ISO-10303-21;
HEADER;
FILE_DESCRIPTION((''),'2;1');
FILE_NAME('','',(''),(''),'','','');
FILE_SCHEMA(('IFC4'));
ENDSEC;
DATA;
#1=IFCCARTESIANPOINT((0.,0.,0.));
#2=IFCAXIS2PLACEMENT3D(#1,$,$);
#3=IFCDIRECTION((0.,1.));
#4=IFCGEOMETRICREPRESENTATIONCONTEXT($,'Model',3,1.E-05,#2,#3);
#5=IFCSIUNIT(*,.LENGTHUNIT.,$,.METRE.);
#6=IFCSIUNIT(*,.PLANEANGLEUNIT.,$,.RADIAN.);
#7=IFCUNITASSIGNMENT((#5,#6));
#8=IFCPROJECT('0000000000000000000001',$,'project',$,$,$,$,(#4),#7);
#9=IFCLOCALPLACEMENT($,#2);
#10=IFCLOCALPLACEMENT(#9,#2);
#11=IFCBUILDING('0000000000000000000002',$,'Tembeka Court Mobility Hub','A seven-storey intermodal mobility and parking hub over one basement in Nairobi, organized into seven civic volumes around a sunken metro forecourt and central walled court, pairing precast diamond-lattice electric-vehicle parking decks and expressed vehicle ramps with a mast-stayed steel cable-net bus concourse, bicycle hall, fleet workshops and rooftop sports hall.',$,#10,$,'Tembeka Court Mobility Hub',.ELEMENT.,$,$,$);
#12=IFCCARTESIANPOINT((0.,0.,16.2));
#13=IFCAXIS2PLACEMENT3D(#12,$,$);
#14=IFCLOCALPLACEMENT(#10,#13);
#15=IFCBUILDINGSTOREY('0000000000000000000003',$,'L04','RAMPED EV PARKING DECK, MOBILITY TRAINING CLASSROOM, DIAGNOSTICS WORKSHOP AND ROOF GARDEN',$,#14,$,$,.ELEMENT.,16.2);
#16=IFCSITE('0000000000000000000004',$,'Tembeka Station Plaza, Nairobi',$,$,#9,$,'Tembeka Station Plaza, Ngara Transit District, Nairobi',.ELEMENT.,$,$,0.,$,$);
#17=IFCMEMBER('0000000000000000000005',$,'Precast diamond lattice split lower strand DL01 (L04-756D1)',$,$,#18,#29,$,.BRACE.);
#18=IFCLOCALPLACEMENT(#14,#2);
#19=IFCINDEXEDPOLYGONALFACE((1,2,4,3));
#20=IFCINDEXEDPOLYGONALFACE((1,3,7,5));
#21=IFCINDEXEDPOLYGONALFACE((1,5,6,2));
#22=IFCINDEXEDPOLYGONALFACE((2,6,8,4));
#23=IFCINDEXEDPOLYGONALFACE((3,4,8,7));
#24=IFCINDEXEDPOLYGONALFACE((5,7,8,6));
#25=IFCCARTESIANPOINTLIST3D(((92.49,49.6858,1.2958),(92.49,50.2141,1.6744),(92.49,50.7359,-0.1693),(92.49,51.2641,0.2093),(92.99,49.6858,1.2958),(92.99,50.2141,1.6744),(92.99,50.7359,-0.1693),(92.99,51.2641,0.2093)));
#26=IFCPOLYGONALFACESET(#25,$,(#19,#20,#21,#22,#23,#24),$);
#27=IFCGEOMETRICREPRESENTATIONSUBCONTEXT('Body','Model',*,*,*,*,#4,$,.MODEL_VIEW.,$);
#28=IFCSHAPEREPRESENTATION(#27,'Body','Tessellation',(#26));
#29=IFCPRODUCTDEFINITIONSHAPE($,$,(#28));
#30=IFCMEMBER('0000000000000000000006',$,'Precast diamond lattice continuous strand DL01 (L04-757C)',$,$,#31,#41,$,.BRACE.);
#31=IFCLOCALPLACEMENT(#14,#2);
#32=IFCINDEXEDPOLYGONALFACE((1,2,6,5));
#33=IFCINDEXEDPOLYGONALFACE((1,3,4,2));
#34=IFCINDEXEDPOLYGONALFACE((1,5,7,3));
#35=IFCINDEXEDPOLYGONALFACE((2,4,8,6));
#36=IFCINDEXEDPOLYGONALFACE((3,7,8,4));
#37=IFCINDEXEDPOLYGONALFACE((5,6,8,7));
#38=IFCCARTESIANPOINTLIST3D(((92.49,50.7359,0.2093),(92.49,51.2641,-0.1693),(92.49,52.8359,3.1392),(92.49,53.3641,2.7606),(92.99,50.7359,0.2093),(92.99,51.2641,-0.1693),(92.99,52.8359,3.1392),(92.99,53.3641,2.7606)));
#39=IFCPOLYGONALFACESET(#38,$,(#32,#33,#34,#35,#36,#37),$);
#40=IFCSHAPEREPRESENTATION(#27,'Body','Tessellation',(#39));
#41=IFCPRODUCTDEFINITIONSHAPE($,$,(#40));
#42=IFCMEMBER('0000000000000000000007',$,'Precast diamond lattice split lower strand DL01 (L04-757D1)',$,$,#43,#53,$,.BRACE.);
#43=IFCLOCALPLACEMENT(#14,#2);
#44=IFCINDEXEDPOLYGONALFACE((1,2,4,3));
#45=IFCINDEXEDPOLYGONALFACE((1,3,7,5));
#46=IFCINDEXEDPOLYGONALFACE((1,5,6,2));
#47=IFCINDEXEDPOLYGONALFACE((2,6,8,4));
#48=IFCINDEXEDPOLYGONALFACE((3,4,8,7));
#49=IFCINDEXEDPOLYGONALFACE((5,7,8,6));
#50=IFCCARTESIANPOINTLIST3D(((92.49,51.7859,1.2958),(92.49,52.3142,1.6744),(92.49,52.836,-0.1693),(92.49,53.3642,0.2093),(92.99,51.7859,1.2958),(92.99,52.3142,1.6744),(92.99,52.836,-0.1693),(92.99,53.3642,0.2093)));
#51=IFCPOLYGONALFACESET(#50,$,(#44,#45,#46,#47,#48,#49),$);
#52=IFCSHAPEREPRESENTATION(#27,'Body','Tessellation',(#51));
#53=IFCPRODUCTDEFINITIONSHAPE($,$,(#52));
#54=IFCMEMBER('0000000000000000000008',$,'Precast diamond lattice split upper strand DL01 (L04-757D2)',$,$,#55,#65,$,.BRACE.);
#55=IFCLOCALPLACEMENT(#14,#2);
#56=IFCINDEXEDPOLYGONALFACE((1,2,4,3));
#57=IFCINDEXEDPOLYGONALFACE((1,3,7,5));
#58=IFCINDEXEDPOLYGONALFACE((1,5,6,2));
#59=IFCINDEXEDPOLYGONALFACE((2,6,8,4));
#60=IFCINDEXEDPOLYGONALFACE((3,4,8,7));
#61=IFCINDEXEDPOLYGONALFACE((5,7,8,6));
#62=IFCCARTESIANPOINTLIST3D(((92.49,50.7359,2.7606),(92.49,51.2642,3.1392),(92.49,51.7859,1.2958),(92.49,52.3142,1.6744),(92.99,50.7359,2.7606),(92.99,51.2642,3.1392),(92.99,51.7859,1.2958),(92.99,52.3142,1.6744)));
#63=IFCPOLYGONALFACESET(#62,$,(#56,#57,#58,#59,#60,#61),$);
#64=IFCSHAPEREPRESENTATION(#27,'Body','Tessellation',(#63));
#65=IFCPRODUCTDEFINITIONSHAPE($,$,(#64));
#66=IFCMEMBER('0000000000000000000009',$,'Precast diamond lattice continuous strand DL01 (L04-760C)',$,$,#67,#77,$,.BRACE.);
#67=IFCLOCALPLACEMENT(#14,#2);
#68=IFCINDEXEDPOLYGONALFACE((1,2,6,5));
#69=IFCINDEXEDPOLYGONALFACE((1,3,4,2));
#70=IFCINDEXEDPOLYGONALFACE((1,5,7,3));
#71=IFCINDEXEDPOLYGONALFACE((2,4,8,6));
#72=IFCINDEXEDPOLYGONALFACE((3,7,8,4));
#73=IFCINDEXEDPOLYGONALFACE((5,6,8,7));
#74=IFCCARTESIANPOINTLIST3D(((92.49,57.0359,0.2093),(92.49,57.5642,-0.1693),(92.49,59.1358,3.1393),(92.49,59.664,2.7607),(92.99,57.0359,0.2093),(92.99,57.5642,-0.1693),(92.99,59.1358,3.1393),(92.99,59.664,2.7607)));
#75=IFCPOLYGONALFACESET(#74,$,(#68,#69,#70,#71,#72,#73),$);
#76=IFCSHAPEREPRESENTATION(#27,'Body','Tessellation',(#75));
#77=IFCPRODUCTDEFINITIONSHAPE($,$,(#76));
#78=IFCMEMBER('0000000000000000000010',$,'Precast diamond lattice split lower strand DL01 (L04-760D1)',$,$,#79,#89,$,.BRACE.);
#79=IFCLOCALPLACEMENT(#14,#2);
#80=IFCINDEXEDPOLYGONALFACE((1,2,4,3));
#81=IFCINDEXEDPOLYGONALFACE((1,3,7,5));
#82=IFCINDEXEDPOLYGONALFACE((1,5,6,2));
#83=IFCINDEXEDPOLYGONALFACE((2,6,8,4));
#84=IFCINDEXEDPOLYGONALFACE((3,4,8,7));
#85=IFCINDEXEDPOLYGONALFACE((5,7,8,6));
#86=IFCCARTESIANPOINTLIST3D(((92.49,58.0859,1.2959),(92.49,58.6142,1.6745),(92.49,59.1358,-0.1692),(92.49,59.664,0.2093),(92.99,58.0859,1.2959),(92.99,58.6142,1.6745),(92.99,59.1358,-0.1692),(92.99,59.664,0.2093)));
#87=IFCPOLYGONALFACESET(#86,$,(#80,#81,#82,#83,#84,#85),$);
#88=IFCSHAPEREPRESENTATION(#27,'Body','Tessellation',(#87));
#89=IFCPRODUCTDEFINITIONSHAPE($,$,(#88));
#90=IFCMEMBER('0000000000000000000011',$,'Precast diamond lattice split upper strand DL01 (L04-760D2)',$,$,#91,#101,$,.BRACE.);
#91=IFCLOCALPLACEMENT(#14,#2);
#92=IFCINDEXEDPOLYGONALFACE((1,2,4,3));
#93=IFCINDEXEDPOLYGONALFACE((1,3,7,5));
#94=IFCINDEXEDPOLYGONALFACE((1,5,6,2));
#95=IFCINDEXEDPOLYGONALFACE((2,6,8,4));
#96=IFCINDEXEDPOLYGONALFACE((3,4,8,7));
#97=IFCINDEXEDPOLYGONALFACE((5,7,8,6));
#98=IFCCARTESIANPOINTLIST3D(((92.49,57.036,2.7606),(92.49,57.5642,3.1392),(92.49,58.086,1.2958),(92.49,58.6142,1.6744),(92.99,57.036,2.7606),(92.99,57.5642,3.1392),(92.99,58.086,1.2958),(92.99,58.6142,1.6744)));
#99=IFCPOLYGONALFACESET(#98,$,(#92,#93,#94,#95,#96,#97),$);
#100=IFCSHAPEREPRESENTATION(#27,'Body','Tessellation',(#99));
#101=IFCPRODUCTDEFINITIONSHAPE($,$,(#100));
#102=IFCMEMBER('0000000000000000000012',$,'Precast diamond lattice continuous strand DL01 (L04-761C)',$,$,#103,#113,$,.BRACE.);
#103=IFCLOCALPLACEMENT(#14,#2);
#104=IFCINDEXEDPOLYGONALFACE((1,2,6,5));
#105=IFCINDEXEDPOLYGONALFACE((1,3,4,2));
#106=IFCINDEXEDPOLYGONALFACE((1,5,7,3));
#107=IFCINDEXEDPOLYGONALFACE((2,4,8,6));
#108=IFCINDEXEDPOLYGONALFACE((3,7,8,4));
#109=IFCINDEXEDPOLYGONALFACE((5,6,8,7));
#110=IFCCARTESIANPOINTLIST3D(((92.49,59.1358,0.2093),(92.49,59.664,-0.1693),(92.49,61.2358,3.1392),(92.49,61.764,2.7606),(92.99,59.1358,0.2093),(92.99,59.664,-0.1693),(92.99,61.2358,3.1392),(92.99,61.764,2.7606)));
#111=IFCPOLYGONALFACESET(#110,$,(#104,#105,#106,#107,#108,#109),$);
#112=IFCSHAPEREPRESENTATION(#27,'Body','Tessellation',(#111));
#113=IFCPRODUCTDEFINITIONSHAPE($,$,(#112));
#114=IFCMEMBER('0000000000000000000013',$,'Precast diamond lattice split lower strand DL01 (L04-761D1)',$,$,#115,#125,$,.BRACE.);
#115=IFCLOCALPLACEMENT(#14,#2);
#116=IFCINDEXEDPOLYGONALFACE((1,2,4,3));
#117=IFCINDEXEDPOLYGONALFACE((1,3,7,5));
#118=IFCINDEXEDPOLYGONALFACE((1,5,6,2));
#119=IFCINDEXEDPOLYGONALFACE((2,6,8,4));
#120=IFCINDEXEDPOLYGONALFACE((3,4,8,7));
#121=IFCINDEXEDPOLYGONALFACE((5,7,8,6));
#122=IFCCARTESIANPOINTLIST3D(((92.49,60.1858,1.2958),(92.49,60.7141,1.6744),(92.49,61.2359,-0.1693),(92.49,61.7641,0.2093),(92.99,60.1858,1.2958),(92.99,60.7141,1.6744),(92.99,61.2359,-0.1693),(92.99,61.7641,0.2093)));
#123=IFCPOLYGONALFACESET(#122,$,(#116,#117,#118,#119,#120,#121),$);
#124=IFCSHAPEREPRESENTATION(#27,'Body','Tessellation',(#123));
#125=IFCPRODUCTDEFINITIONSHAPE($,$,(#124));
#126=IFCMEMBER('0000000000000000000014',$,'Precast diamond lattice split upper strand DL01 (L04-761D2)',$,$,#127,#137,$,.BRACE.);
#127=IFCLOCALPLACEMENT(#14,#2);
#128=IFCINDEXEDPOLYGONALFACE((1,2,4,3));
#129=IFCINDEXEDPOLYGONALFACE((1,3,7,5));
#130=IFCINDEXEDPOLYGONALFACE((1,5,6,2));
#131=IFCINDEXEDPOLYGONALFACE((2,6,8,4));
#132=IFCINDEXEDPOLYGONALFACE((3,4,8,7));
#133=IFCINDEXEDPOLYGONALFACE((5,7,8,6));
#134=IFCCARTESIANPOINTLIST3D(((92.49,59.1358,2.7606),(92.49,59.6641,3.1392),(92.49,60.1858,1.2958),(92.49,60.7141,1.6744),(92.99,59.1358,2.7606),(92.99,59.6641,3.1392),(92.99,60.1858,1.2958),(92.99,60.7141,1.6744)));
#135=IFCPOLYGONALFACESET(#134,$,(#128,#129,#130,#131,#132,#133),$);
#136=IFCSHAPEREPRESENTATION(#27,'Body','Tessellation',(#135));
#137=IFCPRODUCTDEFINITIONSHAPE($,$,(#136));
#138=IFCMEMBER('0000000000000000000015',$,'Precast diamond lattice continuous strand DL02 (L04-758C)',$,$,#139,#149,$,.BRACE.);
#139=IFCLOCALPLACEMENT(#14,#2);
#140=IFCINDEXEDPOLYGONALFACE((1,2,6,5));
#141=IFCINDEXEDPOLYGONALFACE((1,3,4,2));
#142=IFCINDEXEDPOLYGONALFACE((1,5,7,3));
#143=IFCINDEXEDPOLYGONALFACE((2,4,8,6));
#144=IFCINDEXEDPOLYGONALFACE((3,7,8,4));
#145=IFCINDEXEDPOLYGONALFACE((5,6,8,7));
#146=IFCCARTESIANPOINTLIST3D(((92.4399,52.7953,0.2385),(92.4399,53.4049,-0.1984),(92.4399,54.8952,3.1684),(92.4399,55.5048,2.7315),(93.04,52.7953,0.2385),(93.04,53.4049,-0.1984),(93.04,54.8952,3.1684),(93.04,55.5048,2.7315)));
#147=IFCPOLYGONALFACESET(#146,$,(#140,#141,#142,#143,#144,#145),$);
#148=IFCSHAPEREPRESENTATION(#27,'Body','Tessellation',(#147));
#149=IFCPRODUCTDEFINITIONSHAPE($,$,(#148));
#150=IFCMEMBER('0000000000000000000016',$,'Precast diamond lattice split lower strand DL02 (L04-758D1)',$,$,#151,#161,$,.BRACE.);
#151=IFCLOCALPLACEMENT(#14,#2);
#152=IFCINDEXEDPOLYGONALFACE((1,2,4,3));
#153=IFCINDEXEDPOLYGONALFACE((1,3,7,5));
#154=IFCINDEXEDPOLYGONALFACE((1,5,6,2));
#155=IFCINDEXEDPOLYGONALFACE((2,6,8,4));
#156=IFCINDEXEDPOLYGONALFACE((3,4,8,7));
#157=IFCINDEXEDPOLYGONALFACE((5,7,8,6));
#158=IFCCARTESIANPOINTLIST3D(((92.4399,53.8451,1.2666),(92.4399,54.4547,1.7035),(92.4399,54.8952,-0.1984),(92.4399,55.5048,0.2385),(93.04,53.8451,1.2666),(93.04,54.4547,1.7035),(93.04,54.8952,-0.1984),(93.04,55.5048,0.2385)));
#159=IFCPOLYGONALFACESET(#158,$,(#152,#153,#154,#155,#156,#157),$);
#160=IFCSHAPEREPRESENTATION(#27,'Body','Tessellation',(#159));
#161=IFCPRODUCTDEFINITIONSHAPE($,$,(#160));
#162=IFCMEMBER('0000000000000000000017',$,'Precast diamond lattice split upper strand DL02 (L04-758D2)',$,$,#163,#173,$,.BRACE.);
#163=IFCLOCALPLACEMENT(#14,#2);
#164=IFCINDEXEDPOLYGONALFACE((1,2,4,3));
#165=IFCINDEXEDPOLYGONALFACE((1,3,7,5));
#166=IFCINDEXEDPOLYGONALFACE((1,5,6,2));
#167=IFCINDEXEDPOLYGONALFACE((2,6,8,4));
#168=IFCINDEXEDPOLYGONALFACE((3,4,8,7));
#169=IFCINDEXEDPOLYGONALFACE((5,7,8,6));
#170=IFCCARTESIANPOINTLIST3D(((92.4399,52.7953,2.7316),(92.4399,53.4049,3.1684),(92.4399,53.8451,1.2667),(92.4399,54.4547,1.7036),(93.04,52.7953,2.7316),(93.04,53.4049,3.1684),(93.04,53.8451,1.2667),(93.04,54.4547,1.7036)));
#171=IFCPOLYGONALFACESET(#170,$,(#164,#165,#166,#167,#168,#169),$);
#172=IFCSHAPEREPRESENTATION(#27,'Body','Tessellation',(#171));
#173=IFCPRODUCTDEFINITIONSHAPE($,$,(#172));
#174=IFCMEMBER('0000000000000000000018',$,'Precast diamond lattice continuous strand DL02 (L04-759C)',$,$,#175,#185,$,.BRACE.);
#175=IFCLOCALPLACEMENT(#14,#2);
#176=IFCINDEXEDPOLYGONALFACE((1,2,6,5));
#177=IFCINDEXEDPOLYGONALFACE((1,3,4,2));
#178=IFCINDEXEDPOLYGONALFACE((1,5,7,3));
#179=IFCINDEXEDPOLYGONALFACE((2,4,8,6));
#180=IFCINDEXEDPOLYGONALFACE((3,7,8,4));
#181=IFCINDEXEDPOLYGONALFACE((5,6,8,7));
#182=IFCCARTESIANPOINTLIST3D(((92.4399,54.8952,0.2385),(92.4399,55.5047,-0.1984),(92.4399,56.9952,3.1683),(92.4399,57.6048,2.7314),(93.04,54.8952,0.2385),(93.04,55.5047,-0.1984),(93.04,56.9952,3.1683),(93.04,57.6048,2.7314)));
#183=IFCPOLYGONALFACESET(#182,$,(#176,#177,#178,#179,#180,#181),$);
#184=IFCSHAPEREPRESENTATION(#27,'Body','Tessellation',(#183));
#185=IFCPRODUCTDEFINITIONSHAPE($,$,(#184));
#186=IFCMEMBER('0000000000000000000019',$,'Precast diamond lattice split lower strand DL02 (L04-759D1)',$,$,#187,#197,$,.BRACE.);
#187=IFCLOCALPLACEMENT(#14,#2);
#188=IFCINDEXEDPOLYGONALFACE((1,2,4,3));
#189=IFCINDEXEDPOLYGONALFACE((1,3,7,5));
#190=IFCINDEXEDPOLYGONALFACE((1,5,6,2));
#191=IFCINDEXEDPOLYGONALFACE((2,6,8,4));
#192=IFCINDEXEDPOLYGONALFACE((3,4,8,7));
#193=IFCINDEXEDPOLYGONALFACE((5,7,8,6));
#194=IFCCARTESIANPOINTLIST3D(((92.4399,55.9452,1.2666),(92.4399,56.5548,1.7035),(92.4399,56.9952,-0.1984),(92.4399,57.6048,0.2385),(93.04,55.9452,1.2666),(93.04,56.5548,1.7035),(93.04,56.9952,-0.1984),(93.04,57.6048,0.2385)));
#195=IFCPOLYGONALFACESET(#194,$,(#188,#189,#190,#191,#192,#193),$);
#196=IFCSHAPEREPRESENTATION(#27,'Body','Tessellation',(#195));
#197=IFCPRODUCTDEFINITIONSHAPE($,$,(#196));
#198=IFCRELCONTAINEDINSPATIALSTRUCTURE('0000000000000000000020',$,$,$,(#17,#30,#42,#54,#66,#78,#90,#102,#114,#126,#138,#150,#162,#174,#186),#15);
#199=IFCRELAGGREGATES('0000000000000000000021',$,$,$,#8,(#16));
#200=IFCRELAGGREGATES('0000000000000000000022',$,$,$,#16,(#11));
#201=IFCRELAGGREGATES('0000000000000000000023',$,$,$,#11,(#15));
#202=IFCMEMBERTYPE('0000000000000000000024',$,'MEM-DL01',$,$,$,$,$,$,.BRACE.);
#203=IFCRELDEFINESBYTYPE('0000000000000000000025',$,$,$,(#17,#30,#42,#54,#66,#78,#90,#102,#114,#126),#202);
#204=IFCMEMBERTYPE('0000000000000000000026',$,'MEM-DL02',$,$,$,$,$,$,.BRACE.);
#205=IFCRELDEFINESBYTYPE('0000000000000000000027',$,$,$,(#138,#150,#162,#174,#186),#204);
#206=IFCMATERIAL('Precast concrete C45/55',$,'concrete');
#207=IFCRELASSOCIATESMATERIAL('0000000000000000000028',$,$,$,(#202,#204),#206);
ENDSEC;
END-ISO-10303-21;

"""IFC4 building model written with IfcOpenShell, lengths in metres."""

from ifc_helpers import new_model, si_unit, direction, frame, origin, origin_2d, place, context, subcontext, project, spatial, rectangle, extrude, material, material_profile, profile_set, type_object, element, save


model = new_model("IFC4")

# Units and contexts
model_context = context("Model", 3, precision=1e-05, world=origin(), true_north=direction((0.0, 1.0)))
body_context = subcontext(model_context, "Body", "Model", "MODEL_VIEW")
ifc_project = project(units=[si_unit("LENGTHUNIT", "METRE"), si_unit("PLANEANGLEUNIT", "RADIAN")], contexts=[model_context])

# Site, building, storey
site_placement = place(None, origin())
site = spatial("IfcSite", under=ifc_project, at=site_placement, Name="Tembeka Station Plaza, Nairobi", LongName="Tembeka Station Plaza, Ngara Transit District, Nairobi", CompositionType="ELEMENT", RefElevation=0.0)
building_placement = place(site_placement, origin())
building = spatial("IfcBuilding", under=site, at=building_placement, Name="Tembeka Court Mobility Hub", Description="A seven-storey intermodal mobility and parking hub over one basement in Nairobi, organized into seven civic volumes around a sunken metro forecourt and central walled court, pairing precast diamond-lattice electric-vehicle parking decks and expressed vehicle ramps with a mast-stayed steel cable-net bus concourse, bicycle hall, fleet workshops and rooftop sports hall.", LongName="Tembeka Court Mobility Hub", CompositionType="ELEMENT")
storey_placement = place(building_placement, frame((0.0, 0.0, 16.2)))
storey = spatial("IfcBuildingStorey", under=building, at=storey_placement, Name="L04", Description="RAMPED EV PARKING DECK, MOBILITY TRAINING CLASSROOM, DIAGNOSTICS WORKSHOP AND ROOF GARDEN", CompositionType="ELEMENT", Elevation=16.2)

# Members
ifc_material_1 = material(Name="Precast concrete C45/55", Category="concrete")
ifc_material_profile_1 = material_profile(ifc_material_1, rectangle(XDim=0.5, YDim=0.6499, at=origin_2d()), Name="PC-DIAG 500x650")
ifc_profile_set_1 = profile_set([ifc_material_profile_1], Name="Precast concrete C45/55")
member_type_1 = type_object("IfcMemberType", Name="MEM-DL01", PredefinedType="BRACE", material=ifc_profile_set_1)
member_1_placement = place(storey_placement, frame((92.74, 51.0, 0.02), z_axis=(0.0, -0.582544, 0.812799), x_axis=(1.0, 0.0, 0.0)))
element("IfcMember", 1, at=member_1_placement, inside=storey, type_object=member_type_1, Name="Precast diamond lattice split lower strand DL01 (L04-756D1)", PredefinedType="BRACE", context=body_context, shape_type="SweptSolid", body=[
    extrude(rectangle(XDim=0.5, YDim=0.6499, at=origin_2d()), origin(), (0.0, 0.0, 1.0), 1.8025),
])
member_2_placement = place(storey_placement, frame((92.74, 51.0, 0.02), z_axis=(0.0, 0.582576, 0.812776), x_axis=(-1.0, 0.0, 0.0)))
element("IfcMember", 2, at=member_2_placement, inside=storey, type_object=member_type_1, Name="Precast diamond lattice continuous strand DL01 (L04-757C)", PredefinedType="BRACE", context=body_context, shape_type="SweptSolid", body=[
    extrude(rectangle(XDim=0.5, YDim=0.6499, at=origin_2d()), origin(), (0.0, 0.0, 1.0), 3.6047),
])
member_3_placement = place(storey_placement, frame((92.74, 53.1001, 0.02), z_axis=(0.0, -0.582544, 0.812799), x_axis=(1.0, 0.0, 0.0)))
element("IfcMember", 3, at=member_3_placement, inside=storey, type_object=member_type_1, Name="Precast diamond lattice split lower strand DL01 (L04-757D1)", PredefinedType="BRACE", context=body_context, shape_type="SweptSolid", body=[
    extrude(rectangle(XDim=0.5, YDim=0.6499, at=origin_2d()), origin(), (0.0, 0.0, 1.0), 1.8025),
])
member_4_placement = place(storey_placement, frame((92.74, 52.05, 1.4851), z_axis=(0.0, -0.582608, 0.812753), x_axis=(1.0, 0.0, 0.0)))
element("IfcMember", 4, at=member_4_placement, inside=storey, type_object=member_type_1, Name="Precast diamond lattice split upper strand DL01 (L04-757D2)", PredefinedType="BRACE", context=body_context, shape_type="SweptSolid", body=[
    extrude(rectangle(XDim=0.5, YDim=0.6499, at=origin_2d()), origin(), (0.0, 0.0, 1.0), 1.8022),
])
member_5_placement = place(storey_placement, frame((92.74, 57.3, 0.02), z_axis=(0.0, 0.582532, 0.812808), x_axis=(-1.0, 0.0, 0.0)))
element("IfcMember", 5, at=member_5_placement, inside=storey, type_object=member_type_1, Name="Precast diamond lattice continuous strand DL01 (L04-760C)", PredefinedType="BRACE", context=body_context, shape_type="SweptSolid", body=[
    extrude(rectangle(XDim=0.5, YDim=0.6499, at=origin_2d()), origin(), (0.0, 0.0, 1.0), 3.6047),
])
member_6_placement = place(storey_placement, frame((92.74, 59.3999, 0.02), z_axis=(0.0, -0.582455, 0.812863), x_axis=(1.0, 0.0, 0.0)))
element("IfcMember", 6, at=member_6_placement, inside=storey, type_object=member_type_1, Name="Precast diamond lattice split lower strand DL01 (L04-760D1)", PredefinedType="BRACE", context=body_context, shape_type="SweptSolid", body=[
    extrude(rectangle(XDim=0.5, YDim=0.6499, at=origin_2d()), origin(), (0.0, 0.0, 1.0), 1.8025),
])
member_7_placement = place(storey_placement, frame((92.74, 58.3501, 1.4851), z_axis=(0.0, -0.582608, 0.812753), x_axis=(1.0, 0.0, 0.0)))
element("IfcMember", 7, at=member_7_placement, inside=storey, type_object=member_type_1, Name="Precast diamond lattice split upper strand DL01 (L04-760D2)", PredefinedType="BRACE", context=body_context, shape_type="SweptSolid", body=[
    extrude(rectangle(XDim=0.5, YDim=0.6499, at=origin_2d()), origin(), (0.0, 0.0, 1.0), 1.8022),
])
member_8_placement = place(storey_placement, frame((92.74, 59.3999, 0.02), z_axis=(0.0, 0.582576, 0.812776), x_axis=(-1.0, 0.0, 0.0)))
element("IfcMember", 8, at=member_8_placement, inside=storey, type_object=member_type_1, Name="Precast diamond lattice continuous strand DL01 (L04-761C)", PredefinedType="BRACE", context=body_context, shape_type="SweptSolid", body=[
    extrude(rectangle(XDim=0.5, YDim=0.6499, at=origin_2d()), origin(), (0.0, 0.0, 1.0), 3.6047),
])
member_9_placement = place(storey_placement, frame((92.74, 61.5, 0.02), z_axis=(0.0, -0.582544, 0.812799), x_axis=(1.0, 0.0, 0.0)))
element("IfcMember", 9, at=member_9_placement, inside=storey, type_object=member_type_1, Name="Precast diamond lattice split lower strand DL01 (L04-761D1)", PredefinedType="BRACE", context=body_context, shape_type="SweptSolid", body=[
    extrude(rectangle(XDim=0.5, YDim=0.6499, at=origin_2d()), origin(), (0.0, 0.0, 1.0), 1.8025),
])
member_10_placement = place(storey_placement, frame((92.74, 60.45, 1.4851), z_axis=(0.0, -0.582608, 0.812753), x_axis=(1.0, 0.0, 0.0)))
element("IfcMember", 10, at=member_10_placement, inside=storey, type_object=member_type_1, Name="Precast diamond lattice split upper strand DL01 (L04-761D2)", PredefinedType="BRACE", context=body_context, shape_type="SweptSolid", body=[
    extrude(rectangle(XDim=0.5, YDim=0.6499, at=origin_2d()), origin(), (0.0, 0.0, 1.0), 1.8022),
])
ifc_material_profile_2 = material_profile(ifc_material_1, rectangle(XDim=0.6001, YDim=0.75, at=origin_2d()), Name="PC-DIAG 600x750")
ifc_profile_set_2 = profile_set([ifc_material_profile_2], Name="Precast concrete C45/55")
member_type_2 = type_object("IfcMemberType", Name="MEM-DL02", PredefinedType="BRACE", material=ifc_profile_set_2)
member_11_placement = place(storey_placement, frame((92.74, 53.1001, 0.02), z_axis=(0.0, 0.582532, 0.812808), x_axis=(-1.0, 0.0, 0.0)))
element("IfcMember", 11, at=member_11_placement, inside=storey, type_object=member_type_2, Name="Precast diamond lattice continuous strand DL02 (L04-758C)", PredefinedType="BRACE", context=body_context, shape_type="SweptSolid", body=[
    extrude(rectangle(XDim=0.6001, YDim=0.75, at=origin_2d()), origin(), (0.0, 0.0, 1.0), 3.6047),
])
member_12_placement = place(storey_placement, frame((92.74, 55.2, 0.02), z_axis=(0.0, -0.582544, 0.812799), x_axis=(1.0, 0.0, 0.0)))
element("IfcMember", 12, at=member_12_placement, inside=storey, type_object=member_type_2, Name="Precast diamond lattice split lower strand DL02 (L04-758D1)", PredefinedType="BRACE", context=body_context, shape_type="SweptSolid", body=[
    extrude(rectangle(XDim=0.6001, YDim=0.75, at=origin_2d()), origin(), (0.0, 0.0, 1.0), 1.8025),
])
member_13_placement = place(storey_placement, frame((92.74, 54.1499, 1.4851), z_axis=(0.0, -0.582519, 0.812817), x_axis=(1.0, 0.0, 0.0)))
element("IfcMember", 13, at=member_13_placement, inside=storey, type_object=member_type_2, Name="Precast diamond lattice split upper strand DL02 (L04-758D2)", PredefinedType="BRACE", context=body_context, shape_type="SweptSolid", body=[
    extrude(rectangle(XDim=0.6001, YDim=0.75, at=origin_2d()), origin(), (0.0, 0.0, 1.0), 1.8022),
])
member_14_placement = place(storey_placement, frame((92.74, 55.2, 0.02), z_axis=(0.0, 0.582576, 0.812776), x_axis=(-1.0, 0.0, 0.0)))
element("IfcMember", 14, at=member_14_placement, inside=storey, type_object=member_type_2, Name="Precast diamond lattice continuous strand DL02 (L04-759C)", PredefinedType="BRACE", context=body_context, shape_type="SweptSolid", body=[
    extrude(rectangle(XDim=0.6001, YDim=0.75, at=origin_2d()), origin(), (0.0, 0.0, 1.0), 3.6047),
])
member_15_placement = place(storey_placement, frame((92.74, 57.3, 0.02), z_axis=(0.0, -0.582544, 0.812799), x_axis=(1.0, 0.0, 0.0)))
element("IfcMember", 15, at=member_15_placement, inside=storey, type_object=member_type_2, Name="Precast diamond lattice split lower strand DL02 (L04-759D1)", PredefinedType="BRACE", context=body_context, shape_type="SweptSolid", body=[
    extrude(rectangle(XDim=0.6001, YDim=0.75, at=origin_2d()), origin(), (0.0, 0.0, 1.0), 1.8025),
])

save(model, "model.ifc")
